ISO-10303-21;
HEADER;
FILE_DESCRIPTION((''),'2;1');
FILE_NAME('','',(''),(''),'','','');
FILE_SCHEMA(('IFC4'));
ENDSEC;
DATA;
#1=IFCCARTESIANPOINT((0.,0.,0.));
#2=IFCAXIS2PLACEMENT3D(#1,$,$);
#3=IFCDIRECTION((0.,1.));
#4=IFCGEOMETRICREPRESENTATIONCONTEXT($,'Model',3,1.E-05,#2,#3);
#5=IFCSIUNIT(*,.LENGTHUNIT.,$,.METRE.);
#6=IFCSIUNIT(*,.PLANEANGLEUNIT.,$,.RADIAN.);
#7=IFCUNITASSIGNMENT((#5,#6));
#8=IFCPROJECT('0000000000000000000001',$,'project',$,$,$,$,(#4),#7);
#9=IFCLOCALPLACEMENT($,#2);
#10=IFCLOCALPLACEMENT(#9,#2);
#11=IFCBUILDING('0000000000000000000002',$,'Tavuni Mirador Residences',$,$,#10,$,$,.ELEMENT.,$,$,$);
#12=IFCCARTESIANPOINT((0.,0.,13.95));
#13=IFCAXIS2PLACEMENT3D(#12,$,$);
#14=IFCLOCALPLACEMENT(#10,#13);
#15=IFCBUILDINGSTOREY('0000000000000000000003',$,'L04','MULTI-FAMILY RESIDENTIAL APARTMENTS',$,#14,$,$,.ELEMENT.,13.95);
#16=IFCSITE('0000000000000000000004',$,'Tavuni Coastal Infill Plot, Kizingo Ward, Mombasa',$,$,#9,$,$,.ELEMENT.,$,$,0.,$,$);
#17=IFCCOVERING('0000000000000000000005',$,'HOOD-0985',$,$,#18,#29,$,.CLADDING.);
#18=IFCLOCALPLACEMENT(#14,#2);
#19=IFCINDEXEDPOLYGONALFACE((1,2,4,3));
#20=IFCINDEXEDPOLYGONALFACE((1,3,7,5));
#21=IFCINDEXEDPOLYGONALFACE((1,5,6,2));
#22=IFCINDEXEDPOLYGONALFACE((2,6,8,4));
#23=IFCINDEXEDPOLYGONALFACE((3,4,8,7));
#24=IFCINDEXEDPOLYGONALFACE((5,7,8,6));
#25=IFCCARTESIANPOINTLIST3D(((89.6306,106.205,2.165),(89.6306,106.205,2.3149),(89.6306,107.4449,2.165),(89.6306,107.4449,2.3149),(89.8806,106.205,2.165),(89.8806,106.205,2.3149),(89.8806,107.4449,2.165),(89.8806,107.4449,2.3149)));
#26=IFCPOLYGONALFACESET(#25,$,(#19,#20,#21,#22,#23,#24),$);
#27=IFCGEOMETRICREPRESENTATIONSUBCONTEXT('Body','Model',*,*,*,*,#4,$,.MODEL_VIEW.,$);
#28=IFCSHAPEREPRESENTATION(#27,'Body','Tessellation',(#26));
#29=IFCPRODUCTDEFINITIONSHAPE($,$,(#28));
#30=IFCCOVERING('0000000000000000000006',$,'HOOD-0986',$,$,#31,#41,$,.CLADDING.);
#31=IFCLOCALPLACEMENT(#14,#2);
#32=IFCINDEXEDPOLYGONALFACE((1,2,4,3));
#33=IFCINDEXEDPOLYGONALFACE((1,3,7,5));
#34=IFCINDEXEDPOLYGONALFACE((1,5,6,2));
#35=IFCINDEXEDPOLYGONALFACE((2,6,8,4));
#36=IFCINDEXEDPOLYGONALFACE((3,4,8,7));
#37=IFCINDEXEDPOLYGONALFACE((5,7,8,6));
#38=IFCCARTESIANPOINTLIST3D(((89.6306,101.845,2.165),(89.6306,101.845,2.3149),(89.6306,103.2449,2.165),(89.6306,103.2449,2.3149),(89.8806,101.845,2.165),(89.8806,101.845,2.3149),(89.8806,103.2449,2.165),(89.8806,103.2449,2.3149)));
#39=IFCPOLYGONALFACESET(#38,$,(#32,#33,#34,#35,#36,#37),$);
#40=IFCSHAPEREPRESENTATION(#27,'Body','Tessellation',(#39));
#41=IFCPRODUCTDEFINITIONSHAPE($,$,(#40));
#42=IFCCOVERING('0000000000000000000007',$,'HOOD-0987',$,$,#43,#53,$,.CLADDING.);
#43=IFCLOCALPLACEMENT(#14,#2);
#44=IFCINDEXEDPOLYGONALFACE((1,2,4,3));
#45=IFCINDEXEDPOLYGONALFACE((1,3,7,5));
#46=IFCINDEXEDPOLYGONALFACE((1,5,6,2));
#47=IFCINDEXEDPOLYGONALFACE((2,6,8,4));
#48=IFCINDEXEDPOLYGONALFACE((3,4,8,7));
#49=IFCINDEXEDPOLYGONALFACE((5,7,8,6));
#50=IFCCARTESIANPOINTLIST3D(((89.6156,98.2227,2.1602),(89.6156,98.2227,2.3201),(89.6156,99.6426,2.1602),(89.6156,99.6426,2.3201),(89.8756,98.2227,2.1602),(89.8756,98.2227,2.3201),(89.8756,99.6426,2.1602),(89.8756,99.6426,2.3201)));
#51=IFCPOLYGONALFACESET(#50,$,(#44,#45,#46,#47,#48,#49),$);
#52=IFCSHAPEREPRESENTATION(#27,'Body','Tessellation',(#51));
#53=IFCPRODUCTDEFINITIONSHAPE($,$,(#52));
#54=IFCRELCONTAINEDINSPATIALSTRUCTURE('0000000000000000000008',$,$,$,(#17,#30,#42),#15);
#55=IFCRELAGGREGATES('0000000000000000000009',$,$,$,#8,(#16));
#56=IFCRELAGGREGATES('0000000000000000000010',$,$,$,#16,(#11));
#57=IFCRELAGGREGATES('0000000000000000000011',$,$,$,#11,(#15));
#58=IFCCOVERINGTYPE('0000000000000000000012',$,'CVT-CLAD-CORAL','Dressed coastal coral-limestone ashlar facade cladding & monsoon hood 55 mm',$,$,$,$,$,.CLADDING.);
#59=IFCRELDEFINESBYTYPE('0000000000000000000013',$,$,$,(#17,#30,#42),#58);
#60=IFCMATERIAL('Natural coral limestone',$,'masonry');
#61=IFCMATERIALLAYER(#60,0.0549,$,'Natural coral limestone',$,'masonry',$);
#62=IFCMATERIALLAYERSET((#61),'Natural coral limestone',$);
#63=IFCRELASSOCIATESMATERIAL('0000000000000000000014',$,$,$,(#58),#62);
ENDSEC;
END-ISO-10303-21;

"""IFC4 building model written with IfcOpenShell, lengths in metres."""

from ifc_helpers import new_model, si_unit, direction, frame, origin, origin_2d, place, context, subcontext, project, spatial, rectangle, extrude, material, layer, layer_set, type_object, element, save


model = new_model("IFC4")

# Units and contexts
model_context = context("Model", 3, precision=1e-05, world=origin(), true_north=direction((0.0, 1.0)))
body_context = subcontext(model_context, "Body", "Model", "MODEL_VIEW")
ifc_project = project(units=[si_unit("LENGTHUNIT", "METRE"), si_unit("PLANEANGLEUNIT", "RADIAN")], contexts=[model_context])

# Site, building, storey
site_placement = place(None, origin())
site = spatial("IfcSite", under=ifc_project, at=site_placement, Name="Tavuni Coastal Infill Plot, Kizingo Ward, Mombasa", CompositionType="ELEMENT", RefElevation=0.0)
building_placement = place(site_placement, origin())
building = spatial("IfcBuilding", under=site, at=building_placement, Name="Tavuni Mirador Residences", CompositionType="ELEMENT")
storey_placement = place(building_placement, frame((0.0, 0.0, 13.95)))
storey = spatial("IfcBuildingStorey", under=building, at=storey_placement, Name="L04", Description="MULTI-FAMILY RESIDENTIAL APARTMENTS", CompositionType="ELEMENT", Elevation=13.95)

# Coverings
ifc_material_1 = material(Name="Natural coral limestone", Category="masonry")
ifc_layer_1 = layer(ifc_material_1, 0.0549, Name="Natural coral limestone", Category="masonry")
ifc_layer_set_1 = layer_set([ifc_layer_1], Name="Natural coral limestone")
covering_type = type_object("IfcCoveringType", Name="CVT-CLAD-CORAL", Description="Dressed coastal coral-limestone ashlar facade cladding & monsoon hood 55 mm", PredefinedType="CLADDING", material=ifc_layer_set_1)
covering_1_placement = place(storey_placement, frame((89.7556, 106.825, 2.165), z_axis=(0.0, 0.0, 1.0), x_axis=(0.0, -1.0, 0.0)))
element("IfcCovering", 1, at=covering_1_placement, inside=storey, type_object=covering_type, Name="HOOD-0985", PredefinedType="CLADDING", context=body_context, shape_type="SweptSolid", body=[
    extrude(rectangle(XDim=1.24, YDim=0.25, at=origin_2d()), origin(), (0.0, 0.0, 1.0), 0.1499),
])
covering_2_placement = place(storey_placement, frame((89.7556, 102.5449, 2.165), z_axis=(0.0, 0.0, 1.0), x_axis=(0.0, -1.0, 0.0)))
element("IfcCovering", 2, at=covering_2_placement, inside=storey, type_object=covering_type, Name="HOOD-0986", PredefinedType="CLADDING", context=body_context, shape_type="SweptSolid", body=[
    extrude(rectangle(XDim=1.3999, YDim=0.25, at=origin_2d()), origin(), (0.0, 0.0, 1.0), 0.1499),
])
covering_3_placement = place(storey_placement, frame((89.7456, 98.9326, 2.1602), z_axis=(0.0, 0.0, 1.0), x_axis=(0.0, -1.0, 0.0)))
element("IfcCovering", 3, at=covering_3_placement, inside=storey, type_object=covering_type, Name="HOOD-0987", PredefinedType="CLADDING", context=body_context, shape_type="SweptSolid", body=[
    extrude(rectangle(XDim=1.4199, YDim=0.26, at=origin_2d()), origin(), (0.0, 0.0, 1.0), 0.1599),
])

save(model, "model.ifc")
